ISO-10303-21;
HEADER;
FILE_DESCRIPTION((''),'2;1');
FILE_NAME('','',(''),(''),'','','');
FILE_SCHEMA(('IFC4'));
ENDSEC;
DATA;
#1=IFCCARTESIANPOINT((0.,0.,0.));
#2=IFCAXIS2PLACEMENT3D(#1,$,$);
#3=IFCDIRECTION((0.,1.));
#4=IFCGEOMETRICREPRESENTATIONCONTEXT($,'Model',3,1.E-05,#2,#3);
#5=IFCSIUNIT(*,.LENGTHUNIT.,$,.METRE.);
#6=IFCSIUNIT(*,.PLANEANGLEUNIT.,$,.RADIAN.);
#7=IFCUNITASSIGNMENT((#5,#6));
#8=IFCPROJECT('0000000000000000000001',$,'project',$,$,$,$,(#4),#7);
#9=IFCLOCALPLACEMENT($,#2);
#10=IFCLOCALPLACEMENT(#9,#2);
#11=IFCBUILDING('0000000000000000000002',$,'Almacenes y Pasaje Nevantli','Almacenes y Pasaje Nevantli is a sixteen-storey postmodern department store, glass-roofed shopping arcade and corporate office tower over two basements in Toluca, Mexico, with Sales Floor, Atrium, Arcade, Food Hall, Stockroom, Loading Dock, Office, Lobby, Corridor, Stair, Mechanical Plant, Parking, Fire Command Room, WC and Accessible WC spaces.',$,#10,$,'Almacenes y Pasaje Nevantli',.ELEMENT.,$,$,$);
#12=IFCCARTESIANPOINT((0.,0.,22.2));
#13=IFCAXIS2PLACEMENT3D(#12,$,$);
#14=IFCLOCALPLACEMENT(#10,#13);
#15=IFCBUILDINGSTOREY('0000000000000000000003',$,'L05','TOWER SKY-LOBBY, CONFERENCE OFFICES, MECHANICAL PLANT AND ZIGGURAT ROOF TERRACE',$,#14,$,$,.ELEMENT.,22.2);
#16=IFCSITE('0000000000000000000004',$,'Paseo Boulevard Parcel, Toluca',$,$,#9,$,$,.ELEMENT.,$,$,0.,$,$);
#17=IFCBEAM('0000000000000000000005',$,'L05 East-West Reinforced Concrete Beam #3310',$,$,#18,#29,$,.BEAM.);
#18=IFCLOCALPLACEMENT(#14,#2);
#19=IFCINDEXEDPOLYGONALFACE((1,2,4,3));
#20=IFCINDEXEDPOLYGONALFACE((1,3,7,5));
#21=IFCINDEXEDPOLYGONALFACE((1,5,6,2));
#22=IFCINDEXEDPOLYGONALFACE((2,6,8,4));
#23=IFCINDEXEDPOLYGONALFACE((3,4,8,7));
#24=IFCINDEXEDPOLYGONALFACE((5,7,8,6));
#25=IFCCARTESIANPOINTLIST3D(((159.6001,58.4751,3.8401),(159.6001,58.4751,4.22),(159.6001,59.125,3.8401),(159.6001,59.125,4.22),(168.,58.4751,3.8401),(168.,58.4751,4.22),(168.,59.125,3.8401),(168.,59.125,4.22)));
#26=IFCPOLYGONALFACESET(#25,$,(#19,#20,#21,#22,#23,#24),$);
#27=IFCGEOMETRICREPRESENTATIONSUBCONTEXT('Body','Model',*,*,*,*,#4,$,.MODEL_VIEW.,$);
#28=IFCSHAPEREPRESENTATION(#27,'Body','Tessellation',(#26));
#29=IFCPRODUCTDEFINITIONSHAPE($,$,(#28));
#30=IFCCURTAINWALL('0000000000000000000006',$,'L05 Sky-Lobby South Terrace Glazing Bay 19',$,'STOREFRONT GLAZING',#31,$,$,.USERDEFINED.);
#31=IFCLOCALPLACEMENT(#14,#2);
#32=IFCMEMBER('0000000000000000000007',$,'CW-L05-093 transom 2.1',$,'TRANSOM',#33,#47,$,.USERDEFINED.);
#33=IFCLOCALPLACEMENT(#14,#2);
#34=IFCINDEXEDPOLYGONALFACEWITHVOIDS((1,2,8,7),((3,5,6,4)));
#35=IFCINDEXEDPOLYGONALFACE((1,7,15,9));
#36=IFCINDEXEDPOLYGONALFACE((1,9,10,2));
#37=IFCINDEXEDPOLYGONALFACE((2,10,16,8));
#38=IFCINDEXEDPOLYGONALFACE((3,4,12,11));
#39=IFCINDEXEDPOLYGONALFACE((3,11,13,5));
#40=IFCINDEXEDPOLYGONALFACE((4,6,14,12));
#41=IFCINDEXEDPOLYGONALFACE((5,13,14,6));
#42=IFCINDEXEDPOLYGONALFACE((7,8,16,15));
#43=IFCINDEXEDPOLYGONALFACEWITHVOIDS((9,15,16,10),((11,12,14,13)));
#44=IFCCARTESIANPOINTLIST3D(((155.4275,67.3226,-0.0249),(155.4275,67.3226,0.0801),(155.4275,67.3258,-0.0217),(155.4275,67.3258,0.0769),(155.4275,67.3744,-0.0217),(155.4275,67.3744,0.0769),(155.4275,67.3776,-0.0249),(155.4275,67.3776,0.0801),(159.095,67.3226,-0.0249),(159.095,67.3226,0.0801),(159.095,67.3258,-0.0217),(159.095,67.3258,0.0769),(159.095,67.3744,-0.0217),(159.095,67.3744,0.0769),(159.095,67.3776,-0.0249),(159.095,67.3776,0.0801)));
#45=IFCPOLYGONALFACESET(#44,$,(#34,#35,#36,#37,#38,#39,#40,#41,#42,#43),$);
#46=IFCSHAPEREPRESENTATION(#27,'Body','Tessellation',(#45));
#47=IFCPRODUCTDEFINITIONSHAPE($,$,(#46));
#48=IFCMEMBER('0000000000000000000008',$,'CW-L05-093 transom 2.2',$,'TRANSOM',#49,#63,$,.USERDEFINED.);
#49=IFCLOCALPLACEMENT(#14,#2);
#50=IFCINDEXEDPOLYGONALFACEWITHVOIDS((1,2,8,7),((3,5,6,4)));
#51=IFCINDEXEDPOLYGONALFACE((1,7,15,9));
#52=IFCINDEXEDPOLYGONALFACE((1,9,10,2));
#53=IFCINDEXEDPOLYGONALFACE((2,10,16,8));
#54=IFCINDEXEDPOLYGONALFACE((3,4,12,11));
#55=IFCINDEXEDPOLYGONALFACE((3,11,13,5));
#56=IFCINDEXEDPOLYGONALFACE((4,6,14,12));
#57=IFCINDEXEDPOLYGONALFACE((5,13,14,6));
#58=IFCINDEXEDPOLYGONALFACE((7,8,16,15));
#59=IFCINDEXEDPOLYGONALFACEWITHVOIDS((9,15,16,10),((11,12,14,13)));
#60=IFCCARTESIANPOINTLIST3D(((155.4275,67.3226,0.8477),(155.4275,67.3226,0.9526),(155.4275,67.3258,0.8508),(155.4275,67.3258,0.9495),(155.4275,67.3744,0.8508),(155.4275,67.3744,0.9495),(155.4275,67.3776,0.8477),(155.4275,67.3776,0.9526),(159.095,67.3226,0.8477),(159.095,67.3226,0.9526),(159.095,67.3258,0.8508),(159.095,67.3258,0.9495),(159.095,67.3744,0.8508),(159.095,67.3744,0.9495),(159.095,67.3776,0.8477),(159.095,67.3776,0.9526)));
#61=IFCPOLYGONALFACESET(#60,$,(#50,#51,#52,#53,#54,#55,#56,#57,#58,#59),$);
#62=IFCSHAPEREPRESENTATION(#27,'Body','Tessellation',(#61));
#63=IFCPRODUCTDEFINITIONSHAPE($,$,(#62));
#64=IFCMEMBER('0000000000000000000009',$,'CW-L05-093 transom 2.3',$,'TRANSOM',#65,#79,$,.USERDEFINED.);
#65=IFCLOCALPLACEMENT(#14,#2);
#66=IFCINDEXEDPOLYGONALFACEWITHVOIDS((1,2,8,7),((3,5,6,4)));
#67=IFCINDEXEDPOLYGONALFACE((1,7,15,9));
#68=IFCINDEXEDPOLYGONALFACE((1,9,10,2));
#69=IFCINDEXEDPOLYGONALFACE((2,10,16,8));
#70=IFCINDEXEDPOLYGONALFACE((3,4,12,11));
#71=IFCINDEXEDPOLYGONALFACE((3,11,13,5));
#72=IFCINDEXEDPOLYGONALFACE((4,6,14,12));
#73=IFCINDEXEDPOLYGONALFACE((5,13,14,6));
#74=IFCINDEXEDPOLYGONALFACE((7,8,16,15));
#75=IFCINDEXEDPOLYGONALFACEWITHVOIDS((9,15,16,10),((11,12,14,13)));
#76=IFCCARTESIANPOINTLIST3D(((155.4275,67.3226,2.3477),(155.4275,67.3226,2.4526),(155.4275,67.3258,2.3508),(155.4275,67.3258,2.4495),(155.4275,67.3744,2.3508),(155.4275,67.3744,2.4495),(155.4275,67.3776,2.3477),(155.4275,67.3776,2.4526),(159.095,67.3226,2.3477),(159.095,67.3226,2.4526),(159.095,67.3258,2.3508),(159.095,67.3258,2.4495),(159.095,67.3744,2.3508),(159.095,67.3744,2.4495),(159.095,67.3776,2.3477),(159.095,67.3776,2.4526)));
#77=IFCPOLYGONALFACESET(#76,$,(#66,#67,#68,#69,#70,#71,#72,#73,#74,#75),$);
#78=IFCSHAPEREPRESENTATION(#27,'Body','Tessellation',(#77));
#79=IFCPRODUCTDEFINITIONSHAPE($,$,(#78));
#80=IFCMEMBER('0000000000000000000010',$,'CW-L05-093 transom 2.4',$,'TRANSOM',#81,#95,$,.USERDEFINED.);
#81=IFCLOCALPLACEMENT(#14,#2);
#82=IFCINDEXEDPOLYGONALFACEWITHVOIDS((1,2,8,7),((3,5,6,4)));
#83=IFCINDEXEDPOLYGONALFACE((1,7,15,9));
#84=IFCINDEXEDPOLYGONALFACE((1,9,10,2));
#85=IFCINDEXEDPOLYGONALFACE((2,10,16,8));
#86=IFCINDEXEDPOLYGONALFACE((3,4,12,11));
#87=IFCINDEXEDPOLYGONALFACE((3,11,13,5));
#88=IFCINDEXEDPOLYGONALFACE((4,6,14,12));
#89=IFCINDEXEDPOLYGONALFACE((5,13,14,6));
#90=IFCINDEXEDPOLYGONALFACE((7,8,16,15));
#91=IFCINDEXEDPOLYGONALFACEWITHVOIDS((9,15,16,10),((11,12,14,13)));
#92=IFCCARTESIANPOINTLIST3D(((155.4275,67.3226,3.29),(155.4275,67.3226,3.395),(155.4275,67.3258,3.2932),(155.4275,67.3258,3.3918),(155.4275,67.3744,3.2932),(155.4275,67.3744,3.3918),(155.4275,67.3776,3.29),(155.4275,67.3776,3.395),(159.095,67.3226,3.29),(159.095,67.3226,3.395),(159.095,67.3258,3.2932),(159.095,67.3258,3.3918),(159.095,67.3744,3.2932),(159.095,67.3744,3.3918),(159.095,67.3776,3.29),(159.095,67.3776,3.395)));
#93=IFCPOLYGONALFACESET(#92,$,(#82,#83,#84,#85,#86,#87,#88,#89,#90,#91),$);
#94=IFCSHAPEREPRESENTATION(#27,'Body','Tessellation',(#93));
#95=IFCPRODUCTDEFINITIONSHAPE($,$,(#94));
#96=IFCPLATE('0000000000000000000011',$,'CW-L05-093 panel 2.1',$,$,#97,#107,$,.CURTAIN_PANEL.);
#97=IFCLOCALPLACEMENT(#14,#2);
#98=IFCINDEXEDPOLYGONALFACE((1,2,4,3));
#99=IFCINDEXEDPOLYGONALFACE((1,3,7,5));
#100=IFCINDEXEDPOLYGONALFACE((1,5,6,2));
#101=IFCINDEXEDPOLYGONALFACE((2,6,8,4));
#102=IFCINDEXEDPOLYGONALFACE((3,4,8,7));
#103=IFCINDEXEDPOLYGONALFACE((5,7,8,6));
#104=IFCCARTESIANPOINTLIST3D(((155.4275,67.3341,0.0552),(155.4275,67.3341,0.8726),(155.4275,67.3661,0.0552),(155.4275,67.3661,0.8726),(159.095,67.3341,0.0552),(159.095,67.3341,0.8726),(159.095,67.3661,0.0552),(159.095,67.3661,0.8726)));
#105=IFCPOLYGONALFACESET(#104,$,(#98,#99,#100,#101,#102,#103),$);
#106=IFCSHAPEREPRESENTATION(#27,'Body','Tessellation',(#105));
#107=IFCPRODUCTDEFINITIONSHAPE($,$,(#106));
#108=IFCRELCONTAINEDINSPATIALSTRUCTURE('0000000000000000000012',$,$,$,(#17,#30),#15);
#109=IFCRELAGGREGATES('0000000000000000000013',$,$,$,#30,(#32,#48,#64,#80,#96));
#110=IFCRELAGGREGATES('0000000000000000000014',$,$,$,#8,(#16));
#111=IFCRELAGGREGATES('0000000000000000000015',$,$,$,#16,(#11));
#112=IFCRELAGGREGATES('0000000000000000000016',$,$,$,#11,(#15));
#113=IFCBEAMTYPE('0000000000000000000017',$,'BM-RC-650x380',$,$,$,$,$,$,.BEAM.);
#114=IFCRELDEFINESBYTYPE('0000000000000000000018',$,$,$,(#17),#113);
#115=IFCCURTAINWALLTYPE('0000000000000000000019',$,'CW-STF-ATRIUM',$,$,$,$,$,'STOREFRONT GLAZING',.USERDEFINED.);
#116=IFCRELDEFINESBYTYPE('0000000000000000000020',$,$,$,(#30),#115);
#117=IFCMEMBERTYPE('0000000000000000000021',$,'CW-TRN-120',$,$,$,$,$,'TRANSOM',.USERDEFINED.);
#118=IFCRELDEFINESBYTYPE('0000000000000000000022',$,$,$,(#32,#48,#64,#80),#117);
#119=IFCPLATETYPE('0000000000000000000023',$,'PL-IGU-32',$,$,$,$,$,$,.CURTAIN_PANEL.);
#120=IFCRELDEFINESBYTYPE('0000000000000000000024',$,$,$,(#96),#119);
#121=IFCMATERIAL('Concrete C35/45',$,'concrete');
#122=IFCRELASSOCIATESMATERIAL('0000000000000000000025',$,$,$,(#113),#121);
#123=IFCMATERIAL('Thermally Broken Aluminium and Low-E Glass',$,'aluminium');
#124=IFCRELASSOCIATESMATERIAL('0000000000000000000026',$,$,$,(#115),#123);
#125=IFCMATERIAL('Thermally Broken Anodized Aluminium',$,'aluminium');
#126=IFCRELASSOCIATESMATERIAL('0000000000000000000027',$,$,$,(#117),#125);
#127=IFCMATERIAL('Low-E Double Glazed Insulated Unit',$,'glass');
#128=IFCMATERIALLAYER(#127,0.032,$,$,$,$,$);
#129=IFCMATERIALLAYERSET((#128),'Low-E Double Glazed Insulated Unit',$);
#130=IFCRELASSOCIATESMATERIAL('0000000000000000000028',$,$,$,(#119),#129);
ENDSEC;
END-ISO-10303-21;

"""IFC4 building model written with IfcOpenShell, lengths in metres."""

from ifc_helpers import new_model, si_unit, direction, frame, origin, origin_2d, place, context, subcontext, project, spatial, rectangle, hollow_rectangle, extrude, material, layer, layer_set, material_profile, profile_set, type_object, element, aggregate, save


model = new_model("IFC4")

# Units and contexts
model_context = context("Model", 3, precision=1e-05, world=origin(), true_north=direction((0.0, 1.0)))
body_context = subcontext(model_context, "Body", "Model", "MODEL_VIEW")
ifc_project = project(units=[si_unit("LENGTHUNIT", "METRE"), si_unit("PLANEANGLEUNIT", "RADIAN")], contexts=[model_context])

# Site, building, storey
site_placement = place(None, origin())
site = spatial("IfcSite", under=ifc_project, at=site_placement, Name="Paseo Boulevard Parcel, Toluca", CompositionType="ELEMENT", RefElevation=0.0)
building_placement = place(site_placement, origin())
building = spatial("IfcBuilding", under=site, at=building_placement, Name="Almacenes y Pasaje Nevantli", Description="Almacenes y Pasaje Nevantli is a sixteen-storey postmodern department store, glass-roofed shopping arcade and corporate office tower over two basements in Toluca, Mexico, with Sales Floor, Atrium, Arcade, Food Hall, Stockroom, Loading Dock, Office, Lobby, Corridor, Stair, Mechanical Plant, Parking, Fire Command Room, WC and Accessible WC spaces.", LongName="Almacenes y Pasaje Nevantli", CompositionType="ELEMENT")
storey_placement = place(building_placement, frame((0.0, 0.0, 22.2)))
storey = spatial("IfcBuildingStorey", under=building, at=storey_placement, Name="L05", Description="TOWER SKY-LOBBY, CONFERENCE OFFICES, MECHANICAL PLANT AND ZIGGURAT ROOF TERRACE", CompositionType="ELEMENT", Elevation=22.2)

# Beam
ifc_material_1 = material(Name="Concrete C35/45", Category="concrete")
ifc_material_profile_1 = material_profile(ifc_material_1, rectangle(XDim=0.6499, YDim=0.3799, at=origin_2d()), Name="RC-BM-650x380")
ifc_profile_set_1 = profile_set([ifc_material_profile_1], Name="Concrete C35/45")
beam_type_1 = type_object("IfcBeamType", Name="BM-RC-650x380", PredefinedType="BEAM", material=ifc_profile_set_1)
beam_1_placement = place(storey_placement, frame((159.6001, 58.8, 4.03), z_axis=(1.0, 0.0, 0.0), x_axis=(0.0, 1.0, 0.0)))
element("IfcBeam", 1, at=beam_1_placement, inside=storey, type_object=beam_type_1, Name="L05 East-West Reinforced Concrete Beam #3310", PredefinedType="BEAM", context=body_context, shape_type="SweptSolid", body=[
    extrude(rectangle(XDim=0.6499, YDim=0.3799, at=origin_2d()), origin(), (0.0, 0.0, 1.0), 8.3999),
])

# Curtain wall, members, plate
ifc_material_2 = material(Name="Thermally Broken Aluminium and Low-E Glass", Category="aluminium")
curtain_wall_type = type_object("IfcCurtainWallType", Name="CW-STF-ATRIUM", ElementType="STOREFRONT GLAZING", PredefinedType="USERDEFINED", material=ifc_material_2)
curtain_wall_placement = place(storey_placement, origin())
curtain_wall = element("IfcCurtainWall", 2, at=curtain_wall_placement, inside=storey, type_object=curtain_wall_type, Name="L05 Sky-Lobby South Terrace Glazing Bay 19", ObjectType="STOREFRONT GLAZING", PredefinedType="USERDEFINED")
ifc_material_3 = material(Name="Thermally Broken Anodized Aluminium", Category="aluminium")
ifc_material_profile_2 = material_profile(ifc_material_3, hollow_rectangle(XDim=0.0549, YDim=0.105, WallThickness=0.0032, at=origin_2d()), Name="ALU-TRN-55x105")
ifc_profile_set_2 = profile_set([ifc_material_profile_2], Name="Thermally Broken Anodized Aluminium")
member_type = type_object("IfcMemberType", Name="CW-TRN-120", ElementType="TRANSOM", PredefinedType="USERDEFINED", material=ifc_profile_set_2)
member_1_placement = place(storey_placement, frame((155.4275, 67.3501, 0.0276), z_axis=(1.0, 0.0, 0.0), x_axis=(0.0, 1.0, 0.0)))
member_1 = element("IfcMember", 3, at=member_1_placement, type_object=member_type, Name="CW-L05-093 transom 2.1", ObjectType="TRANSOM", PredefinedType="USERDEFINED", context=body_context, shape_type="SweptSolid", body=[
    extrude(hollow_rectangle(XDim=0.0549, YDim=0.105, WallThickness=0.0032, at=origin_2d()), origin(), (0.0, 0.0, 1.0), 3.6675),
])
member_2_placement = place(storey_placement, frame((155.4275, 67.3501, 0.9001), z_axis=(1.0, 0.0, 0.0), x_axis=(0.0, 1.0, 0.0)))
member_2 = element("IfcMember", 4, at=member_2_placement, type_object=member_type, Name="CW-L05-093 transom 2.2", ObjectType="TRANSOM", PredefinedType="USERDEFINED", context=body_context, shape_type="SweptSolid", body=[
    extrude(hollow_rectangle(XDim=0.0549, YDim=0.105, WallThickness=0.0032, at=origin_2d()), origin(), (0.0, 0.0, 1.0), 3.6675),
])
member_3_placement = place(storey_placement, frame((155.4275, 67.3501, 2.4001), z_axis=(1.0, 0.0, 0.0), x_axis=(0.0, 1.0, 0.0)))
member_3 = element("IfcMember", 5, at=member_3_placement, type_object=member_type, Name="CW-L05-093 transom 2.3", ObjectType="TRANSOM", PredefinedType="USERDEFINED", context=body_context, shape_type="SweptSolid", body=[
    extrude(hollow_rectangle(XDim=0.0549, YDim=0.105, WallThickness=0.0032, at=origin_2d()), origin(), (0.0, 0.0, 1.0), 3.6675),
])
member_4_placement = place(storey_placement, frame((155.4275, 67.3501, 3.3425), z_axis=(1.0, 0.0, 0.0), x_axis=(0.0, 1.0, 0.0)))
member_4 = element("IfcMember", 6, at=member_4_placement, type_object=member_type, Name="CW-L05-093 transom 2.4", ObjectType="TRANSOM", PredefinedType="USERDEFINED", context=body_context, shape_type="SweptSolid", body=[
    extrude(hollow_rectangle(XDim=0.0549, YDim=0.105, WallThickness=0.0032, at=origin_2d()), origin(), (0.0, 0.0, 1.0), 3.6675),
])
ifc_material_4 = material(Name="Low-E Double Glazed Insulated Unit", Category="glass")
ifc_layer = layer(ifc_material_4, 0.032)
ifc_layer_set = layer_set([ifc_layer], Name="Low-E Double Glazed Insulated Unit")
plate_type = type_object("IfcPlateType", Name="PL-IGU-32", PredefinedType="CURTAIN_PANEL", material=ifc_layer_set)
plate_placement = place(storey_placement, frame((157.2612, 67.3501, 0.0552), z_axis=(0.0, 0.0, 1.0), x_axis=(1.0, 0.0, 0.0)))
plate = element("IfcPlate", 7, at=plate_placement, type_object=plate_type, Name="CW-L05-093 panel 2.1", PredefinedType="CURTAIN_PANEL", context=body_context, shape_type="SweptSolid", body=[
    extrude(rectangle(XDim=3.6675, YDim=0.032, at=origin_2d()), origin(), (0.0, 0.0, 1.0), 0.8174),
])
aggregate(curtain_wall, [member_1, member_2, member_3, member_4, plate])

save(model, "model.ifc")
